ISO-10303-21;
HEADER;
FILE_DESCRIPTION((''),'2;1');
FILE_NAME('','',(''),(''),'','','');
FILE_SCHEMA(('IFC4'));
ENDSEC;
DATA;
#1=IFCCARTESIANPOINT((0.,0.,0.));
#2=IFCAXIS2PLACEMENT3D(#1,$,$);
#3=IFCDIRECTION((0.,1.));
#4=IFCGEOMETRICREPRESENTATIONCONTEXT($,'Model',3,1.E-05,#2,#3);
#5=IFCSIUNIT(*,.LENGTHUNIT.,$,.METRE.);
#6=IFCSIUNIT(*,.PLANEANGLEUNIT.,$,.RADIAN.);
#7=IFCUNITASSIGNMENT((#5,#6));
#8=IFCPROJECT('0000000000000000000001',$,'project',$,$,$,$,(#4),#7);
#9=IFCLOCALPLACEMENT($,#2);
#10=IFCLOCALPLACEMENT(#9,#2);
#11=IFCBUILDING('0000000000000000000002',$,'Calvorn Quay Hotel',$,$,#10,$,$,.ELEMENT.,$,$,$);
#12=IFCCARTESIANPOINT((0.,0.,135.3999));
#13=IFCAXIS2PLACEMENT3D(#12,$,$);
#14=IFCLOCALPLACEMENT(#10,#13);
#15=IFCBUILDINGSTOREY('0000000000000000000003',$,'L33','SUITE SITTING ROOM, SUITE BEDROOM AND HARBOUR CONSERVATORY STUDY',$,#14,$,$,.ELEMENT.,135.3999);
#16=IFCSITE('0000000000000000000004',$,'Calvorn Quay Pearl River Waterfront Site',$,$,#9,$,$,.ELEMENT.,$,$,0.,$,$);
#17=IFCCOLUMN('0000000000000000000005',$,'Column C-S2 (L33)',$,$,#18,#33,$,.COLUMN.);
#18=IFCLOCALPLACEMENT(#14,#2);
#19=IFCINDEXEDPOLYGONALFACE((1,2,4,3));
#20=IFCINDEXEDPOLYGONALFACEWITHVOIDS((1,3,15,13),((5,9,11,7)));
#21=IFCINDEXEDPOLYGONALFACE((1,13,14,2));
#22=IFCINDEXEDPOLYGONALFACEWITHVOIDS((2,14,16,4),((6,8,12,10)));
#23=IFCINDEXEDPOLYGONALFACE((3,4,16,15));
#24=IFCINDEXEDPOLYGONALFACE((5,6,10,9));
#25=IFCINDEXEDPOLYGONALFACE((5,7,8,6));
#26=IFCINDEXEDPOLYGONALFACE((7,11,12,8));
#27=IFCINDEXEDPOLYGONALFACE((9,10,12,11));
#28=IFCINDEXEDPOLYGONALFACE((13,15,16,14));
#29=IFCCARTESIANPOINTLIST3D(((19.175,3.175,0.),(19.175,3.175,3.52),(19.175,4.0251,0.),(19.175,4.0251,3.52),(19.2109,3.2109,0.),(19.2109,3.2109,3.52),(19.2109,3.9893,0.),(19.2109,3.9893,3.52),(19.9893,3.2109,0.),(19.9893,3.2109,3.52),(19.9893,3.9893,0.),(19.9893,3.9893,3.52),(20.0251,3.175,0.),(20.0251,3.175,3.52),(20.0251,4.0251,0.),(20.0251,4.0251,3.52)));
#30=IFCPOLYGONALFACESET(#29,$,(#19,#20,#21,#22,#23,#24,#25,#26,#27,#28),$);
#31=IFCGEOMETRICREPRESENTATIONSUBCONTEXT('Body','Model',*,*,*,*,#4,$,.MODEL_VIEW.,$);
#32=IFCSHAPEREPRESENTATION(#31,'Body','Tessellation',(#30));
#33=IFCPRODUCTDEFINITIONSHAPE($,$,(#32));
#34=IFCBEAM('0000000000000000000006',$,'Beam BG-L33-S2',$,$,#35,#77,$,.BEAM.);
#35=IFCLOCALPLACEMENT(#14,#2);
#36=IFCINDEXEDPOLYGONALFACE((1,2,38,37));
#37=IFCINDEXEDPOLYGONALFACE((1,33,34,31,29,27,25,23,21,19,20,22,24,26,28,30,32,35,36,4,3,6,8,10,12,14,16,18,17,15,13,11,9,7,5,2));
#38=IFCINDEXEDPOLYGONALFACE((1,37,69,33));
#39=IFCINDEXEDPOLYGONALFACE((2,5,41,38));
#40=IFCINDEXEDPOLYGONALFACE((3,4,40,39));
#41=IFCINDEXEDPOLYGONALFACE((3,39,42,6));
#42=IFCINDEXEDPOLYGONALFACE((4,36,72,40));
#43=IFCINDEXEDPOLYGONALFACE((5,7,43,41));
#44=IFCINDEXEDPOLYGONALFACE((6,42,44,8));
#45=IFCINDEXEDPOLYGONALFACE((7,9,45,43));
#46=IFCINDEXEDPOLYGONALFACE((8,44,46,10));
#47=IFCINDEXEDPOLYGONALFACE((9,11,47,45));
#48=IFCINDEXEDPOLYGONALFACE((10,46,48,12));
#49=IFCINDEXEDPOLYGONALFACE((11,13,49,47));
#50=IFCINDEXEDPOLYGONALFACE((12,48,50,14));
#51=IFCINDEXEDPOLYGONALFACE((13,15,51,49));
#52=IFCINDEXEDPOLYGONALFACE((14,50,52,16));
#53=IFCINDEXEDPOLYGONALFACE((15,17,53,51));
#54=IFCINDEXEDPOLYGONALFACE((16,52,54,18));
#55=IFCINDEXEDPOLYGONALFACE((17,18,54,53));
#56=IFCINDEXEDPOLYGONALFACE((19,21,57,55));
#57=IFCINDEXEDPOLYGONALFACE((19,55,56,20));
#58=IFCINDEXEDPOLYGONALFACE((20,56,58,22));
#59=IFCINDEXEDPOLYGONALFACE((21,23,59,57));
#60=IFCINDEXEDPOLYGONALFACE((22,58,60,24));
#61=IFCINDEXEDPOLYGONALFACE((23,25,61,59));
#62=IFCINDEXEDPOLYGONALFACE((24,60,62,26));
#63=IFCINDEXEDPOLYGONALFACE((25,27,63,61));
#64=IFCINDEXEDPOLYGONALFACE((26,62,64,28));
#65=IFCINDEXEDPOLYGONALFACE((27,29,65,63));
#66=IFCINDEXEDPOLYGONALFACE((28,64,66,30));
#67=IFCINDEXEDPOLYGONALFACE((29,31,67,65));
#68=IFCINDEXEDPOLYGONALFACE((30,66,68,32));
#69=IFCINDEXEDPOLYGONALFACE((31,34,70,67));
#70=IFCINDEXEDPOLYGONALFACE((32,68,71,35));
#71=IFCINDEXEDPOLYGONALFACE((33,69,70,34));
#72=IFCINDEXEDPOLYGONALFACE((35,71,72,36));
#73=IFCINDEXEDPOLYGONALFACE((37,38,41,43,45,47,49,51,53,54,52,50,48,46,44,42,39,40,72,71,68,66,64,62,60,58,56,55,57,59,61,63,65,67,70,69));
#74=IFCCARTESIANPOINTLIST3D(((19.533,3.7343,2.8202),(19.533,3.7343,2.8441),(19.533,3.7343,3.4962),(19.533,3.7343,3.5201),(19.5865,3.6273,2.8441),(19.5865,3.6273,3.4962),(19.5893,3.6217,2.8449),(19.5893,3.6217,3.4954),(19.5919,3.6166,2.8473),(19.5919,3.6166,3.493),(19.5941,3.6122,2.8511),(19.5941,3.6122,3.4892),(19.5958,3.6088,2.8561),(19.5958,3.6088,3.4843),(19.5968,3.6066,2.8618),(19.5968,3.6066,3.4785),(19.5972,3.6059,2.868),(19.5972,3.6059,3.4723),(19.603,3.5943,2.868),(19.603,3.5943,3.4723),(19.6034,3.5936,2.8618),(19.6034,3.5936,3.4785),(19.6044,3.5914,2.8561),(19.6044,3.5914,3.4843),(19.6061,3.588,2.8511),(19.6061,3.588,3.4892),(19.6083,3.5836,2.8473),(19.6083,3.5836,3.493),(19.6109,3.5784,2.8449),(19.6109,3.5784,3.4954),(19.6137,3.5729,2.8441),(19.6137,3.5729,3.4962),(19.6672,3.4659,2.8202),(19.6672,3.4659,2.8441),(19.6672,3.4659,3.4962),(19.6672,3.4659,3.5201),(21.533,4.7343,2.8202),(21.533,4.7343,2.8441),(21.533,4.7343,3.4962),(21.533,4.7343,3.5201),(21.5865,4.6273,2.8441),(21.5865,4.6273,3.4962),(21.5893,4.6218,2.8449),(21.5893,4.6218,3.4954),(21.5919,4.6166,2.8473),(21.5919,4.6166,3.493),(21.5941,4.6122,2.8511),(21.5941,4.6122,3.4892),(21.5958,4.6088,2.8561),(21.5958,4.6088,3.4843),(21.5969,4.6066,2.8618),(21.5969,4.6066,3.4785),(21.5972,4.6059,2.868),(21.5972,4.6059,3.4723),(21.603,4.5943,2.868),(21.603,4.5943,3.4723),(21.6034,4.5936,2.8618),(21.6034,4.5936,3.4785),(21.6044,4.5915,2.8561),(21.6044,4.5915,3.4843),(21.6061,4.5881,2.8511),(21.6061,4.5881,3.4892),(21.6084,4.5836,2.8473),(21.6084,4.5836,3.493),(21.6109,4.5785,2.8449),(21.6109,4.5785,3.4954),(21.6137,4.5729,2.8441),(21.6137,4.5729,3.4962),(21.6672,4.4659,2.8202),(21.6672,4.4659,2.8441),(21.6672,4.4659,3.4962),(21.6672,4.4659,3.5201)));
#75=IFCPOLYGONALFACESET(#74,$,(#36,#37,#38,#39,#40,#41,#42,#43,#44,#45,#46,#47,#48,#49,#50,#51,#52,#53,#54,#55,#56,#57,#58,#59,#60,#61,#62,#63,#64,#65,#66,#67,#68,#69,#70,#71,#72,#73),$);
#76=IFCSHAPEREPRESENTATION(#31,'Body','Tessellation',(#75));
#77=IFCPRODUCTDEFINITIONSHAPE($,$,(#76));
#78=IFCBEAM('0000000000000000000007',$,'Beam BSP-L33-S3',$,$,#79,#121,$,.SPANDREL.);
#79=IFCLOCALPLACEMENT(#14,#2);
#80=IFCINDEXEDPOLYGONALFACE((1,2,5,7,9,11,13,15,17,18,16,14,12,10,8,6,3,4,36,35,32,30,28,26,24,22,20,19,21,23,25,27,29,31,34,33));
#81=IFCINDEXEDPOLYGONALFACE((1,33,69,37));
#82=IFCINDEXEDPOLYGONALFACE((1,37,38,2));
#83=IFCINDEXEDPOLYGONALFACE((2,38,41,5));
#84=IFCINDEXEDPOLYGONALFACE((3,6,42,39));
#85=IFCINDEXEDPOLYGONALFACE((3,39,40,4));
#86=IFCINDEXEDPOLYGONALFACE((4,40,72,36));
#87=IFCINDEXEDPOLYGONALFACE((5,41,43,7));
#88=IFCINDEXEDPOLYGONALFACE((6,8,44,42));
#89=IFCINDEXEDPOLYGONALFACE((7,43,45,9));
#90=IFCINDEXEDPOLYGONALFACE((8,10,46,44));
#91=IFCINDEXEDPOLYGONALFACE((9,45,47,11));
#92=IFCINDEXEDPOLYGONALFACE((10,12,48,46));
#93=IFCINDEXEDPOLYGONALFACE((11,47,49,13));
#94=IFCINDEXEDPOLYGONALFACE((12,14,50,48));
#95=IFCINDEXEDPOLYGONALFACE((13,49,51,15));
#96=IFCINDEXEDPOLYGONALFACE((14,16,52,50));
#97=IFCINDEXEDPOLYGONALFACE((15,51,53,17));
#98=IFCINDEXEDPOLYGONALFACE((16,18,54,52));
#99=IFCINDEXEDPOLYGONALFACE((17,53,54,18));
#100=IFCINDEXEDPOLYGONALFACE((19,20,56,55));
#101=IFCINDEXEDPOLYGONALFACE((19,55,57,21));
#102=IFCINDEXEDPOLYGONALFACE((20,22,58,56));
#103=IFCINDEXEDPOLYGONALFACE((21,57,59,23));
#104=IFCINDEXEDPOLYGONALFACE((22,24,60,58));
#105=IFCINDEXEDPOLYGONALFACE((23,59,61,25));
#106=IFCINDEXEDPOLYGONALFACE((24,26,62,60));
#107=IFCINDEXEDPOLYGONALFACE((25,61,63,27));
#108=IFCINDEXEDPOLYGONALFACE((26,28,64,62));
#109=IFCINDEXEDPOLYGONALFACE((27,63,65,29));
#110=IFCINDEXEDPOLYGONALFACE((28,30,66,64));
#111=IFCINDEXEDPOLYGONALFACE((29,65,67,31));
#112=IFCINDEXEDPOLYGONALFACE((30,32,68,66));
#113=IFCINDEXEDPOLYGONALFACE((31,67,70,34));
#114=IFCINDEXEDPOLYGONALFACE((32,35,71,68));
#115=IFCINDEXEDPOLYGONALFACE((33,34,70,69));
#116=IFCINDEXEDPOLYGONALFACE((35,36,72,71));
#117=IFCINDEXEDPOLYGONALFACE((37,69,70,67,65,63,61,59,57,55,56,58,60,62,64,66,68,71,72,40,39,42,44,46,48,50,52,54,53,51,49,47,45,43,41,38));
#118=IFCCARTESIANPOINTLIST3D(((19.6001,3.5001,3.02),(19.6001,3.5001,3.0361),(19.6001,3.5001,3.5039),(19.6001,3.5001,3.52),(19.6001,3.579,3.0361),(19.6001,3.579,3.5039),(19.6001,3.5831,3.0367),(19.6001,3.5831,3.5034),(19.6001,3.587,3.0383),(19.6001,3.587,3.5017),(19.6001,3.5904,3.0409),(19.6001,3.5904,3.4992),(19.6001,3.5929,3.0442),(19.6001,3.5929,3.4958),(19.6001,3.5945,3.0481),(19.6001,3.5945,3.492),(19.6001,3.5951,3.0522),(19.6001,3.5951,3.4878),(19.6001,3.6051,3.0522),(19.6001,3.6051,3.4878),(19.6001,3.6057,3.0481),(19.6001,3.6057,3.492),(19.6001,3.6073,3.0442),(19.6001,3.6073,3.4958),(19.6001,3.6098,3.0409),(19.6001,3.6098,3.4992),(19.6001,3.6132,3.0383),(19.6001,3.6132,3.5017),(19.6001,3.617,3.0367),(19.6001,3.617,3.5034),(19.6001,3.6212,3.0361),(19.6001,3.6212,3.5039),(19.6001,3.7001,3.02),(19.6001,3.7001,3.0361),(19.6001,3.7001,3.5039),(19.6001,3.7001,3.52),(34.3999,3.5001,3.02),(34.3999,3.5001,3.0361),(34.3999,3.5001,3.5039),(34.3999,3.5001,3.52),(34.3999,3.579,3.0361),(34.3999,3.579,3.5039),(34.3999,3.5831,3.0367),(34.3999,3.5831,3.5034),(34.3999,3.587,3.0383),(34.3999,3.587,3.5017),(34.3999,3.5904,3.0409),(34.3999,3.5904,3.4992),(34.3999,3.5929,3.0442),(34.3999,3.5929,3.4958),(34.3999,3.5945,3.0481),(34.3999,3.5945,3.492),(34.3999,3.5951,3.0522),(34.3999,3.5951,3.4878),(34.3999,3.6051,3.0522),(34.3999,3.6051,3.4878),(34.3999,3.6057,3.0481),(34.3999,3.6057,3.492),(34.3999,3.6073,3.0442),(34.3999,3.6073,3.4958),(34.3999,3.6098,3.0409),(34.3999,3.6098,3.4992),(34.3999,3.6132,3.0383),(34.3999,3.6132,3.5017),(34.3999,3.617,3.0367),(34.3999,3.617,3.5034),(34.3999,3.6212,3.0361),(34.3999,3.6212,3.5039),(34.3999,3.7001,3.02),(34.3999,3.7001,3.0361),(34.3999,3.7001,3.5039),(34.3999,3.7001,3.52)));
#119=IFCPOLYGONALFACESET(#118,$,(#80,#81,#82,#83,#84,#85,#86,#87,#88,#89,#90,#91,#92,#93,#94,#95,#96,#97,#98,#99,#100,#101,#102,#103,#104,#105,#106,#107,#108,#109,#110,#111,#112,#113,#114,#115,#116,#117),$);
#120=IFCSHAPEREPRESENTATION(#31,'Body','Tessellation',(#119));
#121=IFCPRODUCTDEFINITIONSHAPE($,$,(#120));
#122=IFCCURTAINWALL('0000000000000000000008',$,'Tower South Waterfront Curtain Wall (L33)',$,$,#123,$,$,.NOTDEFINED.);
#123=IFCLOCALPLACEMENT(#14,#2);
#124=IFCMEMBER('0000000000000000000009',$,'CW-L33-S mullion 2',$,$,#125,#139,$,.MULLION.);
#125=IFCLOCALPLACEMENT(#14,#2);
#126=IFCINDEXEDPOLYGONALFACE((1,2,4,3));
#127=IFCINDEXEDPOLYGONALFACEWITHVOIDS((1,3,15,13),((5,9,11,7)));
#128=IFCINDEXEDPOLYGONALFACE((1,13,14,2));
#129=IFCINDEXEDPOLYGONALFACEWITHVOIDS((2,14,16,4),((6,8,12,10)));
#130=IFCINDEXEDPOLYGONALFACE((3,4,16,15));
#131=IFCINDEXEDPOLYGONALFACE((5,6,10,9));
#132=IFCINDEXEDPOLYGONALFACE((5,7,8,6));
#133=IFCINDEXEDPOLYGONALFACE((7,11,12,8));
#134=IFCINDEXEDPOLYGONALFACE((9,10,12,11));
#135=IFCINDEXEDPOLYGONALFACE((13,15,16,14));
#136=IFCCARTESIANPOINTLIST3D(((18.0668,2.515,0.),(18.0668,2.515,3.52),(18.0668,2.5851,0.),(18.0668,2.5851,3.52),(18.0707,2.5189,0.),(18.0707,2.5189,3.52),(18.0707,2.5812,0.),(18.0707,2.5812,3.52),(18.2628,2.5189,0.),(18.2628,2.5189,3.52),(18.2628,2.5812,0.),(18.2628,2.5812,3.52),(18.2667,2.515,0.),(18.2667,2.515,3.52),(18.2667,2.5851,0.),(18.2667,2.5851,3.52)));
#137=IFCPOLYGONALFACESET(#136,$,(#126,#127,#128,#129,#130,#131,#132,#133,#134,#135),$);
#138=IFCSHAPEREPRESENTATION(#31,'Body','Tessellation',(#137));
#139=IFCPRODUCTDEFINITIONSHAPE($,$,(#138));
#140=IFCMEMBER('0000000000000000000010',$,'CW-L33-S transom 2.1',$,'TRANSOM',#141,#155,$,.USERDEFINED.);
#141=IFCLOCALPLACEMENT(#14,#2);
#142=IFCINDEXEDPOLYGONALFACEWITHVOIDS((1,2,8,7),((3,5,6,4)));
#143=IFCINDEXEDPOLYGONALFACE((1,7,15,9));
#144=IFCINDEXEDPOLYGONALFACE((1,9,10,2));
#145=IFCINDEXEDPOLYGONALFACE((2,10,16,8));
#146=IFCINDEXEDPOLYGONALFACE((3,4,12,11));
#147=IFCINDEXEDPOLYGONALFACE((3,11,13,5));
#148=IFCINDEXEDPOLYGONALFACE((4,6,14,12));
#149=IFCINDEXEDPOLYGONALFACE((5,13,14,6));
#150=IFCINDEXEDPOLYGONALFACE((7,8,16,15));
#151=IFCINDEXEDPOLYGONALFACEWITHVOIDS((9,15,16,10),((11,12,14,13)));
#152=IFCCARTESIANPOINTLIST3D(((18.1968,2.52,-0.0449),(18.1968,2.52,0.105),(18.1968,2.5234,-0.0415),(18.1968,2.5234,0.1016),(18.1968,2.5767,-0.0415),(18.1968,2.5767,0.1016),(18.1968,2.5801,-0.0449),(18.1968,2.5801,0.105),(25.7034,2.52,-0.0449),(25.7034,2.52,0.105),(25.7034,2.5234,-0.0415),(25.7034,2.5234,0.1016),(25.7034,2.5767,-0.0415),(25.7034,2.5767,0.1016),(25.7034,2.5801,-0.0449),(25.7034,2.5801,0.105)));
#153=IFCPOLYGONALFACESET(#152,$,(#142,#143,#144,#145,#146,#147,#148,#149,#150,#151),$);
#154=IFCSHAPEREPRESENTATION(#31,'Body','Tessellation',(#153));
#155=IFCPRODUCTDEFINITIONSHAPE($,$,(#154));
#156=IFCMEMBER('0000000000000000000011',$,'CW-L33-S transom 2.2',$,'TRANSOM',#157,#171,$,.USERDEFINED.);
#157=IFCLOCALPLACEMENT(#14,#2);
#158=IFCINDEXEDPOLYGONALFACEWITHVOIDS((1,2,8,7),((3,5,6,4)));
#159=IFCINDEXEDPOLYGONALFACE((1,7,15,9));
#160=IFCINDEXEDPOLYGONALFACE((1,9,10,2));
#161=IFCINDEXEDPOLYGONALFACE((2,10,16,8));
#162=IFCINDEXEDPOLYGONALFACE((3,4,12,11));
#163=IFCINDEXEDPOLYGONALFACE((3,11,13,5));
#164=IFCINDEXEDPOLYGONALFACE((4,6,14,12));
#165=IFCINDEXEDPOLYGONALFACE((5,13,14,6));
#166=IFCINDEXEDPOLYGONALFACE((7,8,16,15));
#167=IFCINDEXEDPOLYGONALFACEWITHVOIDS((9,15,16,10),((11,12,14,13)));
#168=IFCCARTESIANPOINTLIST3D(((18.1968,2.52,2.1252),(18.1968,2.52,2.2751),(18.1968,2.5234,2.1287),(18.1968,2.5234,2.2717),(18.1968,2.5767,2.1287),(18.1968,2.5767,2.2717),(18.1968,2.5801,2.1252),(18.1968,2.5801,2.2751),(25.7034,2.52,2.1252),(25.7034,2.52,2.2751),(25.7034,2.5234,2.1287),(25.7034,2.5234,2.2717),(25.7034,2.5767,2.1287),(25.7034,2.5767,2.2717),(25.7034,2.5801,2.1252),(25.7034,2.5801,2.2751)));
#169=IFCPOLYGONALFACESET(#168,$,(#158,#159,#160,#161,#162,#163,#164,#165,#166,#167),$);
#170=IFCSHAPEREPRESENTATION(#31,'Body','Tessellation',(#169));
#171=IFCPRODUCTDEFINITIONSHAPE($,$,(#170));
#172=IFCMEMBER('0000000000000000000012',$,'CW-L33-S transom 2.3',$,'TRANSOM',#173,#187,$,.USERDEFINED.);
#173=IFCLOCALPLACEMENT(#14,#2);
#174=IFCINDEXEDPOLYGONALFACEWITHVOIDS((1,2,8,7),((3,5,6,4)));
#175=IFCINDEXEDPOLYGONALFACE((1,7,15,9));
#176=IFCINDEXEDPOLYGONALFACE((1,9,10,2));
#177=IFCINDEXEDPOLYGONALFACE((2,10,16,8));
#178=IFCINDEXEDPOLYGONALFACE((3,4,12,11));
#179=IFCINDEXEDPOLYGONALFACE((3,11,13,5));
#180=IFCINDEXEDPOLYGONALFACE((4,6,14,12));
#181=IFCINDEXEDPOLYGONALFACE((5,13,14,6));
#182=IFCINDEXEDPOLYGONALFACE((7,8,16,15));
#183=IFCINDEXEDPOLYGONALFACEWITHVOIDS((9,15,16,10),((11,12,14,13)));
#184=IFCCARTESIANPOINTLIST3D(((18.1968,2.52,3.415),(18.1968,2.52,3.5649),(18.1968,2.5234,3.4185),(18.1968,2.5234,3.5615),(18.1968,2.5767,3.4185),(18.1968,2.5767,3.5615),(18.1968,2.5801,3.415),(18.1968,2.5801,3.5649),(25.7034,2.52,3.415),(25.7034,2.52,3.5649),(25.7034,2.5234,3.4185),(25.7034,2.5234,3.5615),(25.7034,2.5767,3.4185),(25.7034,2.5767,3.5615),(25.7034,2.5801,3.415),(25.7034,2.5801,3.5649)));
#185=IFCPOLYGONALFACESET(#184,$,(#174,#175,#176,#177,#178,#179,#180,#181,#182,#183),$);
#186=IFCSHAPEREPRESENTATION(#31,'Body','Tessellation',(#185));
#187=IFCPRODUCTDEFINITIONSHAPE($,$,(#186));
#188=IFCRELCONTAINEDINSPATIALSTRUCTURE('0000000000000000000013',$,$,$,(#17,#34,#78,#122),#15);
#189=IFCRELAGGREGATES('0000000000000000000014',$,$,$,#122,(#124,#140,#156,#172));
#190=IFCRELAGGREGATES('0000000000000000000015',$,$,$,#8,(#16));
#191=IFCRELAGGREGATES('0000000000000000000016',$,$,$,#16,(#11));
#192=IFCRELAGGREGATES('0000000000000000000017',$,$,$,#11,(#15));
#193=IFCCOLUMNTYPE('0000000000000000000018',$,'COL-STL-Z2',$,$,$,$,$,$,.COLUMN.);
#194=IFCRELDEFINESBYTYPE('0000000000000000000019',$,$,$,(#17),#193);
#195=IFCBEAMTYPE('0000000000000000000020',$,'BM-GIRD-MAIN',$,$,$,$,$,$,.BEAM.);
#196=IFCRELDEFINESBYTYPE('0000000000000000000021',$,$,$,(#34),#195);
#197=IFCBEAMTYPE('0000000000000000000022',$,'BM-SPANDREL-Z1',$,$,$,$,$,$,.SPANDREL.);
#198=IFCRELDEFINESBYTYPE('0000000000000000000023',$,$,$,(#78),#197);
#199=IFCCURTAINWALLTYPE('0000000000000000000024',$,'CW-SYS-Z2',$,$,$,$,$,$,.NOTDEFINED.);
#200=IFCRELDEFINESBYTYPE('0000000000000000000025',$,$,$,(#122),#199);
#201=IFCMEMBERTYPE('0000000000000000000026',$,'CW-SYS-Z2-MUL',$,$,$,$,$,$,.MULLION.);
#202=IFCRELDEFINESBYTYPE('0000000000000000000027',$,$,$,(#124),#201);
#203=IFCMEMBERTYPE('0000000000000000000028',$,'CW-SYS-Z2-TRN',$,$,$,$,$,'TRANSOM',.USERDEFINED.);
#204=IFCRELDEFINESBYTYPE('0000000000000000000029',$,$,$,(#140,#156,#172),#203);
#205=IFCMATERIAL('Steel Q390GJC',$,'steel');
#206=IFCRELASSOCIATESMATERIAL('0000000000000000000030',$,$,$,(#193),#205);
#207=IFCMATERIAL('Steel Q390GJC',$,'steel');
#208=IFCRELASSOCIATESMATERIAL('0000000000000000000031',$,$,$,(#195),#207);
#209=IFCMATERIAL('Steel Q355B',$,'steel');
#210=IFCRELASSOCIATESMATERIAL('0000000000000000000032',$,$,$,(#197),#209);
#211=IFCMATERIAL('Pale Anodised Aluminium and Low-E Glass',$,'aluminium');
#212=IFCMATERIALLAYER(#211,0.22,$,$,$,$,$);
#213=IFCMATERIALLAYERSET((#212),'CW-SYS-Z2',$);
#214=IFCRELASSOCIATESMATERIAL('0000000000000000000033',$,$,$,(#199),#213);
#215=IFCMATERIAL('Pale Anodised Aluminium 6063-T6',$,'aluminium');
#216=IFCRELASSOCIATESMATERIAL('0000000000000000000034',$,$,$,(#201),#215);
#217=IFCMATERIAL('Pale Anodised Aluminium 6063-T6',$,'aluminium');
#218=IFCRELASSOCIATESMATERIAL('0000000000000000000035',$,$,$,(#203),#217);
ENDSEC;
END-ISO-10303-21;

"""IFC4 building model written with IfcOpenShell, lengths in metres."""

from ifc_helpers import new_model, si_unit, direction, frame, origin, origin_2d, place, context, subcontext, project, spatial, hollow_rectangle, i_section, extrude, material, layer, layer_set, material_profile, profile_set, type_object, element, aggregate, save


model = new_model("IFC4")

# Units and contexts
model_context = context("Model", 3, precision=1e-05, world=origin(), true_north=direction((0.0, 1.0)))
body_context = subcontext(model_context, "Body", "Model", "MODEL_VIEW")
ifc_project = project(units=[si_unit("LENGTHUNIT", "METRE"), si_unit("PLANEANGLEUNIT", "RADIAN")], contexts=[model_context])

# Site, building, storey
site_placement = place(None, origin())
site = spatial("IfcSite", under=ifc_project, at=site_placement, Name="Calvorn Quay Pearl River Waterfront Site", CompositionType="ELEMENT", RefElevation=0.0)
building_placement = place(site_placement, origin())
building = spatial("IfcBuilding", under=site, at=building_placement, Name="Calvorn Quay Hotel", CompositionType="ELEMENT")
storey_placement = place(building_placement, frame((0.0, 0.0, 135.3999)))
storey = spatial("IfcBuildingStorey", under=building, at=storey_placement, Name="L33", Description="SUITE SITTING ROOM, SUITE BEDROOM AND HARBOUR CONSERVATORY STUDY", CompositionType="ELEMENT", Elevation=135.3999)

# Column
ifc_material_1 = material(Name="Steel Q390GJC", Category="steel")
ifc_material_profile_1 = material_profile(ifc_material_1, hollow_rectangle(XDim=0.8501, YDim=0.8501, WallThickness=0.0359, at=origin_2d()), Name="BOX850x850x36")
ifc_profile_set_1 = profile_set([ifc_material_profile_1], Name="Steel Q390GJC")
column_type = type_object("IfcColumnType", Name="COL-STL-Z2", PredefinedType="COLUMN", material=ifc_profile_set_1)
column_placement = place(storey_placement, frame((19.6001, 3.6001, 0.0), z_axis=(0.0, 0.0, 1.0), x_axis=(1.0, 0.0, 0.0)))
element("IfcColumn", 1, at=column_placement, inside=storey, type_object=column_type, Name="Column C-S2 (L33)", PredefinedType="COLUMN", context=body_context, shape_type="SweptSolid", body=[
    extrude(hollow_rectangle(XDim=0.8501, YDim=0.8501, WallThickness=0.0359, at=origin_2d()), origin(), (0.0, 0.0, 1.0), 3.52),
])

# Beams
ifc_material_2 = material(Name="Steel Q390GJC", Category="steel")
ifc_material_profile_2 = material_profile(ifc_material_2, i_section(OverallWidth=0.3, OverallDepth=0.7, WebThickness=0.0129, FlangeThickness=0.0239, FilletRadius=0.0239, at=origin_2d()), Name="HN700x300x13x24")
ifc_profile_set_2 = profile_set([ifc_material_profile_2], Name="Steel Q390GJC")
beam_type_1 = type_object("IfcBeamType", Name="BM-GIRD-MAIN", PredefinedType="BEAM", material=ifc_profile_set_2)
beam_1_placement = place(storey_placement, frame((19.6001, 3.6001, 3.1702), z_axis=(0.894427, 0.447214, 0.0), x_axis=(-0.447214, 0.894427, 0.0)))
element("IfcBeam", 2, at=beam_1_placement, inside=storey, type_object=beam_type_1, Name="Beam BG-L33-S2", PredefinedType="BEAM", context=body_context, shape_type="SweptSolid", body=[
    extrude(i_section(OverallWidth=0.3, OverallDepth=0.7, WebThickness=0.0129, FlangeThickness=0.0239, FilletRadius=0.0239, at=origin_2d()), origin(), (0.0, 0.0, 1.0), 2.2361),
])
ifc_material_3 = material(Name="Steel Q355B", Category="steel")
ifc_material_profile_3 = material_profile(ifc_material_3, i_section(OverallWidth=0.2, OverallDepth=0.5, WebThickness=0.01, FlangeThickness=0.0161, FilletRadius=0.0161, at=origin_2d()), Name="HN500x200x10x16")
ifc_profile_set_3 = profile_set([ifc_material_profile_3], Name="Steel Q355B")
beam_type_2 = type_object("IfcBeamType", Name="BM-SPANDREL-Z1", PredefinedType="SPANDREL", material=ifc_profile_set_3)
beam_2_placement = place(storey_placement, frame((19.6001, 3.6001, 3.27), z_axis=(1.0, 0.0, 0.0), x_axis=(0.0, 1.0, 0.0)))
element("IfcBeam", 3, at=beam_2_placement, inside=storey, type_object=beam_type_2, Name="Beam BSP-L33-S3", PredefinedType="SPANDREL", context=body_context, shape_type="SweptSolid", body=[
    extrude(i_section(OverallWidth=0.2, OverallDepth=0.5, WebThickness=0.01, FlangeThickness=0.0161, FilletRadius=0.0161, at=origin_2d()), origin(), (0.0, 0.0, 1.0), 14.7998),
])

# Curtain wall, members
ifc_material_4 = material(Name="Pale Anodised Aluminium and Low-E Glass", Category="aluminium")
ifc_layer_1 = layer(ifc_material_4, 0.22)
ifc_layer_set_1 = layer_set([ifc_layer_1], Name="CW-SYS-Z2")
curtain_wall_type = type_object("IfcCurtainWallType", Name="CW-SYS-Z2", PredefinedType="NOTDEFINED", material=ifc_layer_set_1)
curtain_wall_placement = place(storey_placement, origin())
curtain_wall = element("IfcCurtainWall", 4, at=curtain_wall_placement, inside=storey, type_object=curtain_wall_type, Name="Tower South Waterfront Curtain Wall (L33)", PredefinedType="NOTDEFINED")
ifc_material_5 = material(Name="Pale Anodised Aluminium 6063-T6", Category="aluminium")
ifc_material_profile_4 = material_profile(ifc_material_5, hollow_rectangle(XDim=0.0701, YDim=0.2, WallThickness=0.0039, at=origin_2d()), Name="ALU-M200x70x4")
ifc_profile_set_4 = profile_set([ifc_material_profile_4], Name="Pale Anodised Aluminium 6063-T6")
member_type_1 = type_object("IfcMemberType", Name="CW-SYS-Z2-MUL", PredefinedType="MULLION", material=ifc_profile_set_4)
member_1_placement = place(storey_placement, frame((18.1667, 2.55, 0.0), z_axis=(0.0, 0.0, 1.0), x_axis=(0.0, 1.0, 0.0)))
member_1 = element("IfcMember", 5, at=member_1_placement, type_object=member_type_1, Name="CW-L33-S mullion 2", PredefinedType="MULLION", context=body_context, shape_type="SweptSolid", body=[
    extrude(hollow_rectangle(XDim=0.0701, YDim=0.2, WallThickness=0.0039, at=origin_2d()), origin(), (0.0, 0.0, 1.0), 3.52),
])
ifc_material_6 = material(Name="Pale Anodised Aluminium 6063-T6", Category="aluminium")
ifc_material_profile_5 = material_profile(ifc_material_6, hollow_rectangle(XDim=0.0601, YDim=0.1499, WallThickness=0.0034, at=origin_2d()), Name="ALU-T150x60x3.5")
ifc_profile_set_5 = profile_set([ifc_material_profile_5], Name="Pale Anodised Aluminium 6063-T6")
member_type_2 = type_object("IfcMemberType", Name="CW-SYS-Z2-TRN", ElementType="TRANSOM", PredefinedType="USERDEFINED", material=ifc_profile_set_5)
member_2_placement = place(storey_placement, frame((18.1968, 2.55, 0.03), z_axis=(1.0, 0.0, 0.0), x_axis=(0.0, 1.0, 0.0)))
member_2 = element("IfcMember", 6, at=member_2_placement, type_object=member_type_2, Name="CW-L33-S transom 2.1", ObjectType="TRANSOM", PredefinedType="USERDEFINED", context=body_context, shape_type="SweptSolid", body=[
    extrude(hollow_rectangle(XDim=0.0601, YDim=0.1499, WallThickness=0.0034, at=origin_2d()), origin(), (0.0, 0.0, 1.0), 7.5066),
])
member_3_placement = place(storey_placement, frame((18.1968, 2.55, 2.2002), z_axis=(1.0, 0.0, 0.0), x_axis=(0.0, 1.0, 0.0)))
member_3 = element("IfcMember", 7, at=member_3_placement, type_object=member_type_2, Name="CW-L33-S transom 2.2", ObjectType="TRANSOM", PredefinedType="USERDEFINED", context=body_context, shape_type="SweptSolid", body=[
    extrude(hollow_rectangle(XDim=0.0601, YDim=0.1499, WallThickness=0.0034, at=origin_2d()), origin(), (0.0, 0.0, 1.0), 7.5066),
])
member_4_placement = place(storey_placement, frame((18.1968, 2.55, 3.49), z_axis=(1.0, 0.0, 0.0), x_axis=(0.0, 1.0, 0.0)))
member_4 = element("IfcMember", 8, at=member_4_placement, type_object=member_type_2, Name="CW-L33-S transom 2.3", ObjectType="TRANSOM", PredefinedType="USERDEFINED", context=body_context, shape_type="SweptSolid", body=[
    extrude(hollow_rectangle(XDim=0.0601, YDim=0.1499, WallThickness=0.0034, at=origin_2d()), origin(), (0.0, 0.0, 1.0), 7.5066),
])
aggregate(curtain_wall, [member_1, member_2, member_3, member_4])

save(model, "model.ifc")
